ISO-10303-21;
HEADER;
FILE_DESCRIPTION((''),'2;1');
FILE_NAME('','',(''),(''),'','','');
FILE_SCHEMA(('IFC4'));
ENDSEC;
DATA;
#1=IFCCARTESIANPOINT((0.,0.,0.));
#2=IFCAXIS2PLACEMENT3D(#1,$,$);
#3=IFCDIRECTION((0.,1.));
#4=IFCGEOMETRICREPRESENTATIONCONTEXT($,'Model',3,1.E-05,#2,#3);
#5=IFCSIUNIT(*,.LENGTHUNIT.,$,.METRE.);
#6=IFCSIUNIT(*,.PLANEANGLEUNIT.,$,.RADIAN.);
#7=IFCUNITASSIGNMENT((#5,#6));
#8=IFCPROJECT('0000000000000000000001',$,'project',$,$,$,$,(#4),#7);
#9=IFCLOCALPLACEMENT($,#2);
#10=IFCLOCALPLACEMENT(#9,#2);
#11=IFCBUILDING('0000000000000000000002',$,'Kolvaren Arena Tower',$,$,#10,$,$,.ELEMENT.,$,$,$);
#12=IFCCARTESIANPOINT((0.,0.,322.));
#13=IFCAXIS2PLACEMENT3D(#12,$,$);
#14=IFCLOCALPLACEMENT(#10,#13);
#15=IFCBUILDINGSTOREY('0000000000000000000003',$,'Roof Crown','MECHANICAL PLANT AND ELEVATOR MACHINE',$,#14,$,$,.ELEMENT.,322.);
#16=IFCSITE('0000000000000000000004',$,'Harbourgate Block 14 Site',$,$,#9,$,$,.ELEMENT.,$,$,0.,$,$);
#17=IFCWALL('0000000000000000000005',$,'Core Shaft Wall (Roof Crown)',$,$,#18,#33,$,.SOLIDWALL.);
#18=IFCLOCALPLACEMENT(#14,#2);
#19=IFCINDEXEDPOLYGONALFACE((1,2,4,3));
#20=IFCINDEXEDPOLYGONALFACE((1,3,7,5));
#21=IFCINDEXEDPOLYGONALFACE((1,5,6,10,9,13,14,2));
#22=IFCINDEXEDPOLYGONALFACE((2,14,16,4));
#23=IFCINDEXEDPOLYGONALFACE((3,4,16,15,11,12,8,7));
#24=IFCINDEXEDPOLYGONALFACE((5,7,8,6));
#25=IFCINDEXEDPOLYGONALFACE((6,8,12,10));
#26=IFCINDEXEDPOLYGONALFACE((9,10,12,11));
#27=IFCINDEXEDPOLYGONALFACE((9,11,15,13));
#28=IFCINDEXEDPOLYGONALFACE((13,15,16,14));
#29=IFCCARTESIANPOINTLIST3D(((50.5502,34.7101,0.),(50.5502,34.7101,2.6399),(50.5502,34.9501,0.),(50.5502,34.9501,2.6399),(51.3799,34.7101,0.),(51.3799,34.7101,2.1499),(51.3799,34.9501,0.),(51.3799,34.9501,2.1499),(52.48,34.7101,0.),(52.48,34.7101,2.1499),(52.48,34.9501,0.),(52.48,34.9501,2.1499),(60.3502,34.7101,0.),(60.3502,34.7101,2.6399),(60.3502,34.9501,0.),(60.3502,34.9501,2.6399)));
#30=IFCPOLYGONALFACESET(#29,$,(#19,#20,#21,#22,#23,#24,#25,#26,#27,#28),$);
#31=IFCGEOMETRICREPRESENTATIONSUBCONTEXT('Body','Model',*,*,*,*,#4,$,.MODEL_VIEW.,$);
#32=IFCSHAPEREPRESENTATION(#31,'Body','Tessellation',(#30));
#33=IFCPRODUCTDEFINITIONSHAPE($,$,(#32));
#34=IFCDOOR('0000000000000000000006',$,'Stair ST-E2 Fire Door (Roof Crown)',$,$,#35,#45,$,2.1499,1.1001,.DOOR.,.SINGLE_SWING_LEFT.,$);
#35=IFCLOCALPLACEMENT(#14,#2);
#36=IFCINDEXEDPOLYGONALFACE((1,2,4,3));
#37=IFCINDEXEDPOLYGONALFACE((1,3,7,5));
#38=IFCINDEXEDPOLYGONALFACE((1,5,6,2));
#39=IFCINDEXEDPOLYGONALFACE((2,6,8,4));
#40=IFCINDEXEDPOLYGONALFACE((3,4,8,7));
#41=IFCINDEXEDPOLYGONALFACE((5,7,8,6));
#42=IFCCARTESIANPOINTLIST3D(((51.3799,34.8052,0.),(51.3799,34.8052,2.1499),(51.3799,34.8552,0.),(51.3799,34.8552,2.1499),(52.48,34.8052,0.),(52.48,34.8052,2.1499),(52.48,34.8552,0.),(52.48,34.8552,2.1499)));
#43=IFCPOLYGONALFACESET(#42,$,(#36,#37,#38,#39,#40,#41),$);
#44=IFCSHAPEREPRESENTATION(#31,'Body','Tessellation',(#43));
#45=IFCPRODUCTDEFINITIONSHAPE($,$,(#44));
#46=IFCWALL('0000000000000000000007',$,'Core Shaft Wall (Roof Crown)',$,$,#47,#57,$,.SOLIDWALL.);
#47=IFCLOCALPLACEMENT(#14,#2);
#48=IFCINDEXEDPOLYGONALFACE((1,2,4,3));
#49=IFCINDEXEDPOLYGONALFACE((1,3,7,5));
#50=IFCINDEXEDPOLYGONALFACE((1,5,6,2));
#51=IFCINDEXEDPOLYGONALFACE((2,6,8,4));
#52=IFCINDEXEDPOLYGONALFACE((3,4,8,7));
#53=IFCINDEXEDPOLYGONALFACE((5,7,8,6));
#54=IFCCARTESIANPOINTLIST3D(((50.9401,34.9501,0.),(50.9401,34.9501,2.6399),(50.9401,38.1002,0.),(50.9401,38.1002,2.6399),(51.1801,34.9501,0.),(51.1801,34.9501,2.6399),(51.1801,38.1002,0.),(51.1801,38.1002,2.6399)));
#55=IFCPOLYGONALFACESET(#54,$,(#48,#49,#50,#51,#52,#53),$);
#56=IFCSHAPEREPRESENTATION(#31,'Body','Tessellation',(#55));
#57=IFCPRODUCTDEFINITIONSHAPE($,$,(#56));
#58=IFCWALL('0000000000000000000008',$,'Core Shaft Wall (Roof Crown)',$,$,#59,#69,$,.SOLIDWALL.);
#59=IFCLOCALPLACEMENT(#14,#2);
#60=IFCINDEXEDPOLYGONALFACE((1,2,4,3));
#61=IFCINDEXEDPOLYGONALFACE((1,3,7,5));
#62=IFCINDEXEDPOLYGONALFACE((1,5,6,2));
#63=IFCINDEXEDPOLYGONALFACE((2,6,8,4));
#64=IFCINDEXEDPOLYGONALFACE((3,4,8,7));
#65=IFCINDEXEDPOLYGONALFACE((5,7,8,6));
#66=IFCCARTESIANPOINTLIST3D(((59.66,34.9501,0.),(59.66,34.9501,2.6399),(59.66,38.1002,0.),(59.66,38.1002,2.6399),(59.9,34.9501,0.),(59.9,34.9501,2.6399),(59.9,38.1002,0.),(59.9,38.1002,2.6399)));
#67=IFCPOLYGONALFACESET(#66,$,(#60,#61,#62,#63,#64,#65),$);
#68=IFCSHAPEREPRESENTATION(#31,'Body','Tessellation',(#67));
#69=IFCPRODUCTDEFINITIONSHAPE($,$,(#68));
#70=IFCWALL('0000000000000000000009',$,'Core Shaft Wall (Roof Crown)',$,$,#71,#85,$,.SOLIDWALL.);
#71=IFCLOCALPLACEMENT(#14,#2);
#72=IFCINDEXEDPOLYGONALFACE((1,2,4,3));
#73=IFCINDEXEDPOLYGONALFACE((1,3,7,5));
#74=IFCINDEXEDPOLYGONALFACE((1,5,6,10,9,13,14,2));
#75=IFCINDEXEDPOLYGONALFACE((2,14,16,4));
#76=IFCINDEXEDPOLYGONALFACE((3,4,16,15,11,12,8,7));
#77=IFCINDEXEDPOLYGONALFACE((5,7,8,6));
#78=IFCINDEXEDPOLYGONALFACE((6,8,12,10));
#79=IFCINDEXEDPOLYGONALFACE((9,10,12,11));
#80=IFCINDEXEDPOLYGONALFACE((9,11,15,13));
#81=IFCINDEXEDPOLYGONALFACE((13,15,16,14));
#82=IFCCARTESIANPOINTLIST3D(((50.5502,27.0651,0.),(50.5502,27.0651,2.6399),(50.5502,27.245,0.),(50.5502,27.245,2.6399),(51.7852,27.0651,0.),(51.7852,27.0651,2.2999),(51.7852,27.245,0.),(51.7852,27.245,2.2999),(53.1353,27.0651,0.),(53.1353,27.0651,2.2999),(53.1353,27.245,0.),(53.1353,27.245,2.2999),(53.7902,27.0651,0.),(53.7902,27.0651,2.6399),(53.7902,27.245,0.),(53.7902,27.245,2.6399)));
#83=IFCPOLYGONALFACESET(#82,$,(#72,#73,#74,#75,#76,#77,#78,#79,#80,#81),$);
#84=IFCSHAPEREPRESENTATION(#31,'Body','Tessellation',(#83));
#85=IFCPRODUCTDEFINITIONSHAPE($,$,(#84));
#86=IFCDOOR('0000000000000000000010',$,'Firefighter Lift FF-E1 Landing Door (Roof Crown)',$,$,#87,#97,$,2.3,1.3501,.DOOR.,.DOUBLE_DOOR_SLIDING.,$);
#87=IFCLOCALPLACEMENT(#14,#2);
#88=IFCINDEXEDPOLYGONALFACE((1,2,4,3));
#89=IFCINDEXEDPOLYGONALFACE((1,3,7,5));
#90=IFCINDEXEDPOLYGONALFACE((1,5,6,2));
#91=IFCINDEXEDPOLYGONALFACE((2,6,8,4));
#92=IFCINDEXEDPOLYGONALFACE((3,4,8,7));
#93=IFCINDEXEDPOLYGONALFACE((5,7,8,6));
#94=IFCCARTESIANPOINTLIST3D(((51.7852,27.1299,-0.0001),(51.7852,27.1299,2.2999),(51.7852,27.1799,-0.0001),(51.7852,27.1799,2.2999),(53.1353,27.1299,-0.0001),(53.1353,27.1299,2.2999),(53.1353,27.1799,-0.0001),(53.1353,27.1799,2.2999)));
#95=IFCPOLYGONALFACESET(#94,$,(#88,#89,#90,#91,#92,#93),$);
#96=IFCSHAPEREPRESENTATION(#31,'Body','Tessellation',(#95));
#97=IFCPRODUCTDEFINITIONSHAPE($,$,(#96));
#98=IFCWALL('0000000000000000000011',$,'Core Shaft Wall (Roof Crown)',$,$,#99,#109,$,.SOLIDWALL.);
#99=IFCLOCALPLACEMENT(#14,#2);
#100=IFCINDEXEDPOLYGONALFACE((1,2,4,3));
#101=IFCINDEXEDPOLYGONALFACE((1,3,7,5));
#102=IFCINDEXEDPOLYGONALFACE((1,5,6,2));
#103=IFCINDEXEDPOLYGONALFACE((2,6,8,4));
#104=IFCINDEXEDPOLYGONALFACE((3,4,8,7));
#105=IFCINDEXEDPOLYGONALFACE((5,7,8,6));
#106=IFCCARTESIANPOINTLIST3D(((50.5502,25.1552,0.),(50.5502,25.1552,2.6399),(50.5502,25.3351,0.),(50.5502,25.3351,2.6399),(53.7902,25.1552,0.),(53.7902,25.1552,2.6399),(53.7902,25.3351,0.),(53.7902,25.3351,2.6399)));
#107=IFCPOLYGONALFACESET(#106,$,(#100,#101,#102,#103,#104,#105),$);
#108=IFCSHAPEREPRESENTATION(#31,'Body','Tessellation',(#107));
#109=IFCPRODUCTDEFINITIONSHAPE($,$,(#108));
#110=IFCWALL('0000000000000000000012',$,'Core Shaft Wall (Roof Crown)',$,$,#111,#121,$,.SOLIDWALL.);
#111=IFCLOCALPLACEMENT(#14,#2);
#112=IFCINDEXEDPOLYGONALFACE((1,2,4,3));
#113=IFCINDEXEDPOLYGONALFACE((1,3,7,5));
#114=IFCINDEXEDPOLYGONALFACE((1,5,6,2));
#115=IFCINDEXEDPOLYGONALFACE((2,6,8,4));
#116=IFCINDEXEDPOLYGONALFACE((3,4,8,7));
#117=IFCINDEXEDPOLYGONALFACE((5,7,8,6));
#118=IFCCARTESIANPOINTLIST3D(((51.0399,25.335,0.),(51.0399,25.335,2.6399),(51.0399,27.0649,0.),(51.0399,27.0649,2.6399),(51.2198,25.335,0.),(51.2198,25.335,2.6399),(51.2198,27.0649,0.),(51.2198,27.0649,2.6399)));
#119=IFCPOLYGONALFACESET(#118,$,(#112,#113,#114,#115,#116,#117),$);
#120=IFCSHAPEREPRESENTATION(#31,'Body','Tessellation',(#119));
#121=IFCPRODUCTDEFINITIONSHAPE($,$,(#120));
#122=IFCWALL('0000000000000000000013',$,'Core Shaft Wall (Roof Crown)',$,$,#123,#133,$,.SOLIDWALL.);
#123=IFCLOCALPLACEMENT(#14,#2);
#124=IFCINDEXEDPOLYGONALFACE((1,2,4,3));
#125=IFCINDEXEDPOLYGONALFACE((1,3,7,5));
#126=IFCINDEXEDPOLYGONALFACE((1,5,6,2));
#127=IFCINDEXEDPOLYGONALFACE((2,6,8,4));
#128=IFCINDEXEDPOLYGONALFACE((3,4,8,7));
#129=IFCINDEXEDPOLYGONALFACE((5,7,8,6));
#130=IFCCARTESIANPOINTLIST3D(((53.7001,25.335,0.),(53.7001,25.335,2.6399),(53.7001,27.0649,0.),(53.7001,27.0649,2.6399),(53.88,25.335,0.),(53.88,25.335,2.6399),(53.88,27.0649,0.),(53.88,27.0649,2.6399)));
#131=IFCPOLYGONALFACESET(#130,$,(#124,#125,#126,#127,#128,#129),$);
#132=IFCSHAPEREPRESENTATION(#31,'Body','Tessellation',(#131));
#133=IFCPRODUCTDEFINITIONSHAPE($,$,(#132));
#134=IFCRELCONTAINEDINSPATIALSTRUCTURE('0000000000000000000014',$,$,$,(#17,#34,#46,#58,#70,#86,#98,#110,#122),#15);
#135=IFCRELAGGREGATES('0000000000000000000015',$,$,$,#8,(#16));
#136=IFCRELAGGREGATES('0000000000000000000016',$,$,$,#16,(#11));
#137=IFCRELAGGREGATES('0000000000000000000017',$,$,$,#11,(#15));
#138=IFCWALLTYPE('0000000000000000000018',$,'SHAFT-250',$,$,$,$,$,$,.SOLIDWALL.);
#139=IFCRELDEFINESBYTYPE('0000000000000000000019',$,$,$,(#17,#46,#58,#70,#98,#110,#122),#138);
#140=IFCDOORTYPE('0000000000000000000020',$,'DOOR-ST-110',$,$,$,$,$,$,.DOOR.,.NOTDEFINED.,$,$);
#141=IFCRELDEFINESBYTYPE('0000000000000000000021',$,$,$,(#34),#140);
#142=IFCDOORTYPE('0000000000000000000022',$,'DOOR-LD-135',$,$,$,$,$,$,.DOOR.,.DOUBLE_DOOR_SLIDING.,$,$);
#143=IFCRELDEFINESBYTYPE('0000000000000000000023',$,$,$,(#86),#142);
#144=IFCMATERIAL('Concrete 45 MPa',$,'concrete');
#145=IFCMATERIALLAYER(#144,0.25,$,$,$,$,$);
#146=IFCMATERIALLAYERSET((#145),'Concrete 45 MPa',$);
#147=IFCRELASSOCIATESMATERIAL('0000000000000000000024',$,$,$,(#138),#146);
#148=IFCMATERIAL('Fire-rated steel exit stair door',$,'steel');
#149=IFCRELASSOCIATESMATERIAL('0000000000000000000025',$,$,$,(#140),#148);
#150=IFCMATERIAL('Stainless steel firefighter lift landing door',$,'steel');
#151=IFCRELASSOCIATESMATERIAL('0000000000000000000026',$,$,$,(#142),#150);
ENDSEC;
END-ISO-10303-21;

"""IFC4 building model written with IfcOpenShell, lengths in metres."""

from ifc_helpers import new_model, si_unit, direction, frame, frame_2d, origin, place, context, subcontext, project, spatial, rectangle, extrude, material, layer, layer_set, type_object, element, fill, save


model = new_model("IFC4")

# Units and contexts
model_context = context("Model", 3, precision=1e-05, world=origin(), true_north=direction((0.0, 1.0)))
body_context = subcontext(model_context, "Body", "Model", "MODEL_VIEW")
ifc_project = project(units=[si_unit("LENGTHUNIT", "METRE"), si_unit("PLANEANGLEUNIT", "RADIAN")], contexts=[model_context])

# Site, building, storey
site_placement = place(None, origin())
site = spatial("IfcSite", under=ifc_project, at=site_placement, Name="Harbourgate Block 14 Site", CompositionType="ELEMENT", RefElevation=0.0)
building_placement = place(site_placement, origin())
building = spatial("IfcBuilding", under=site, at=building_placement, Name="Kolvaren Arena Tower", CompositionType="ELEMENT")
storey_placement = place(building_placement, frame((0.0, 0.0, 322.0)))
storey = spatial("IfcBuildingStorey", under=building, at=storey_placement, Name="Roof Crown", Description="MECHANICAL PLANT AND ELEVATOR MACHINE", CompositionType="ELEMENT", Elevation=322.0)

# Shared definitions
ifc_material_1 = material(Name="Concrete 45 MPa", Category="concrete")
ifc_layer_1 = layer(ifc_material_1, 0.25)
ifc_layer_set_1 = layer_set([ifc_layer_1], Name="Concrete 45 MPa")
wall_type = type_object("IfcWallType", Name="SHAFT-250", PredefinedType="SOLIDWALL", material=ifc_layer_set_1)
ifc_material_2 = material(Name="Fire-rated steel exit stair door", Category="steel")
door_type_1 = type_object("IfcDoorType", Name="DOOR-ST-110", OperationType="NOTDEFINED", PredefinedType="DOOR", material=ifc_material_2)

# Wall, opening, door
wall_1_placement = place(storey_placement, frame((60.3501, 34.8301, 0.0), z_axis=(0.0, 0.0, 1.0), x_axis=(-1.0, 0.0, 0.0)))
wall_1 = element("IfcWall", 1, at=wall_1_placement, inside=storey, type_object=wall_type, Name="Core Shaft Wall (Roof Crown)", PredefinedType="SOLIDWALL", context=body_context, shape_type="SweptSolid", body=[
    extrude(rectangle(XDim=9.8, YDim=0.24, at=frame_2d((4.8999, 0.0))), origin(), (0.0, 0.0, 1.0), 2.6399),
])
opening_1_placement = place(wall_1_placement, frame((7.8701, 0.0, 0.0)))
opening_1 = element("IfcOpeningElement", 2, at=opening_1_placement, cuts=wall_1, PredefinedType="OPENING", context=body_context, shape_type="SweptSolid", body=[
    extrude(rectangle(XDim=1.1001, YDim=2.1499, at=frame_2d((0.55, 1.075))), frame((0.0, 0.1299, 0.0), z_axis=(0.0, -1.0, 0.0), x_axis=(1.0, 0.0, 0.0)), (0.0, 0.0, 1.0), 0.26),
])
door_1_placement = place(opening_1_placement, origin())
door_1 = element("IfcDoor", 3, at=door_1_placement, inside=storey, type_object=door_type_1, Name="Stair ST-E2 Fire Door (Roof Crown)", OperationType="SINGLE_SWING_LEFT", OverallHeight=2.1499, OverallWidth=1.1001, PredefinedType="DOOR", context=body_context, shape_type="SweptSolid", body=[
    extrude(rectangle(XDim=1.1001, YDim=2.1499, at=frame_2d((0.55, 1.075))), frame((0.0, 0.0249, 0.0), z_axis=(0.0, -1.0, 0.0), x_axis=(1.0, 0.0, 0.0)), (0.0, 0.0, 1.0), 0.05),
])
fill(opening_1, door_1)

# Walls
for number, where, z_axis, x_axis, name in (
    (4, (51.0601, 34.95, 0.0), (0.0, 0.0, 1.0), (0.0, 1.0, 0.0), "Core Shaft Wall (Roof Crown)"),
    (5, (59.78, 34.95, 0.0), (0.0, 0.0, 1.0), (0.0, 1.0, 0.0), "Core Shaft Wall (Roof Crown)"),
):
    element("IfcWall", number, at=place(storey_placement, frame(where, z_axis=z_axis, x_axis=x_axis)), inside=storey, type_object=wall_type, Name=name, PredefinedType="SOLIDWALL", context=body_context, shape_type="SweptSolid", body=[
        extrude(rectangle(XDim=3.1501, YDim=0.24, at=frame_2d((1.5752, 0.0))), origin(), (0.0, 0.0, 1.0), 2.6399),
    ])

# Wall, opening, door
wall_2_placement = place(storey_placement, frame((50.55, 27.155, 0.0), z_axis=(0.0, 0.0, 1.0), x_axis=(1.0, 0.0, 0.0)))
wall_2 = element("IfcWall", 6, at=wall_2_placement, inside=storey, type_object=wall_type, Name="Core Shaft Wall (Roof Crown)", PredefinedType="SOLIDWALL", context=body_context, shape_type="SweptSolid", body=[
    extrude(rectangle(XDim=3.24, YDim=0.1799, at=frame_2d((1.6201, 0.0))), origin(), (0.0, 0.0, 1.0), 2.6399),
])
opening_2_placement = place(wall_2_placement, frame((1.2351, 0.0, 0.0)))
opening_2 = element("IfcOpeningElement", 7, at=opening_2_placement, cuts=wall_2, PredefinedType="OPENING", context=body_context, shape_type="SweptSolid", body=[
    extrude(rectangle(XDim=1.3501, YDim=2.3, at=frame_2d((0.675, 1.1499))), frame((0.0, 0.0999, 0.0), z_axis=(0.0, -1.0, 0.0), x_axis=(1.0, 0.0, 0.0)), (0.0, 0.0, 1.0), 0.2),
])
ifc_material_3 = material(Name="Stainless steel firefighter lift landing door", Category="steel")
door_type_2 = type_object("IfcDoorType", Name="DOOR-LD-135", OperationType="DOUBLE_DOOR_SLIDING", PredefinedType="DOOR", material=ifc_material_3)
door_2_placement = place(opening_2_placement, origin())
door_2 = element("IfcDoor", 8, at=door_2_placement, inside=storey, type_object=door_type_2, Name="Firefighter Lift FF-E1 Landing Door (Roof Crown)", OperationType="DOUBLE_DOOR_SLIDING", OverallHeight=2.3, OverallWidth=1.3501, PredefinedType="DOOR", context=body_context, shape_type="SweptSolid", body=[
    extrude(rectangle(XDim=1.3501, YDim=2.3, at=frame_2d((0.675, 1.1499))), frame((0.0, 0.0249, 0.0), z_axis=(0.0, -1.0, 0.0), x_axis=(1.0, 0.0, 0.0)), (0.0, 0.0, 1.0), 0.05),
])
fill(opening_2, door_2)

# Walls
wall_3_placement = place(storey_placement, frame((50.55, 25.2451, 0.0), z_axis=(0.0, 0.0, 1.0), x_axis=(1.0, 0.0, 0.0)))
element("IfcWall", 9, at=wall_3_placement, inside=storey, type_object=wall_type, Name="Core Shaft Wall (Roof Crown)", PredefinedType="SOLIDWALL", context=body_context, shape_type="SweptSolid", body=[
    extrude(rectangle(XDim=3.24, YDim=0.1799, at=frame_2d((1.6201, 0.0))), origin(), (0.0, 0.0, 1.0), 2.6399),
])
for number, where, z_axis, x_axis, name in (
    (10, (51.1299, 25.335, 0.0), (0.0, 0.0, 1.0), (0.0, 1.0, 0.0), "Core Shaft Wall (Roof Crown)"),
    (11, (53.79, 25.335, 0.0), (0.0, 0.0, 1.0), (0.0, 1.0, 0.0), "Core Shaft Wall (Roof Crown)"),
):
    element("IfcWall", number, at=place(storey_placement, frame(where, z_axis=z_axis, x_axis=x_axis)), inside=storey, type_object=wall_type, Name=name, PredefinedType="SOLIDWALL", context=body_context, shape_type="SweptSolid", body=[
        extrude(rectangle(XDim=1.73, YDim=0.1799, at=frame_2d((0.865, 0.0))), origin(), (0.0, 0.0, 1.0), 2.6399),
    ])

save(model, "model.ifc")
